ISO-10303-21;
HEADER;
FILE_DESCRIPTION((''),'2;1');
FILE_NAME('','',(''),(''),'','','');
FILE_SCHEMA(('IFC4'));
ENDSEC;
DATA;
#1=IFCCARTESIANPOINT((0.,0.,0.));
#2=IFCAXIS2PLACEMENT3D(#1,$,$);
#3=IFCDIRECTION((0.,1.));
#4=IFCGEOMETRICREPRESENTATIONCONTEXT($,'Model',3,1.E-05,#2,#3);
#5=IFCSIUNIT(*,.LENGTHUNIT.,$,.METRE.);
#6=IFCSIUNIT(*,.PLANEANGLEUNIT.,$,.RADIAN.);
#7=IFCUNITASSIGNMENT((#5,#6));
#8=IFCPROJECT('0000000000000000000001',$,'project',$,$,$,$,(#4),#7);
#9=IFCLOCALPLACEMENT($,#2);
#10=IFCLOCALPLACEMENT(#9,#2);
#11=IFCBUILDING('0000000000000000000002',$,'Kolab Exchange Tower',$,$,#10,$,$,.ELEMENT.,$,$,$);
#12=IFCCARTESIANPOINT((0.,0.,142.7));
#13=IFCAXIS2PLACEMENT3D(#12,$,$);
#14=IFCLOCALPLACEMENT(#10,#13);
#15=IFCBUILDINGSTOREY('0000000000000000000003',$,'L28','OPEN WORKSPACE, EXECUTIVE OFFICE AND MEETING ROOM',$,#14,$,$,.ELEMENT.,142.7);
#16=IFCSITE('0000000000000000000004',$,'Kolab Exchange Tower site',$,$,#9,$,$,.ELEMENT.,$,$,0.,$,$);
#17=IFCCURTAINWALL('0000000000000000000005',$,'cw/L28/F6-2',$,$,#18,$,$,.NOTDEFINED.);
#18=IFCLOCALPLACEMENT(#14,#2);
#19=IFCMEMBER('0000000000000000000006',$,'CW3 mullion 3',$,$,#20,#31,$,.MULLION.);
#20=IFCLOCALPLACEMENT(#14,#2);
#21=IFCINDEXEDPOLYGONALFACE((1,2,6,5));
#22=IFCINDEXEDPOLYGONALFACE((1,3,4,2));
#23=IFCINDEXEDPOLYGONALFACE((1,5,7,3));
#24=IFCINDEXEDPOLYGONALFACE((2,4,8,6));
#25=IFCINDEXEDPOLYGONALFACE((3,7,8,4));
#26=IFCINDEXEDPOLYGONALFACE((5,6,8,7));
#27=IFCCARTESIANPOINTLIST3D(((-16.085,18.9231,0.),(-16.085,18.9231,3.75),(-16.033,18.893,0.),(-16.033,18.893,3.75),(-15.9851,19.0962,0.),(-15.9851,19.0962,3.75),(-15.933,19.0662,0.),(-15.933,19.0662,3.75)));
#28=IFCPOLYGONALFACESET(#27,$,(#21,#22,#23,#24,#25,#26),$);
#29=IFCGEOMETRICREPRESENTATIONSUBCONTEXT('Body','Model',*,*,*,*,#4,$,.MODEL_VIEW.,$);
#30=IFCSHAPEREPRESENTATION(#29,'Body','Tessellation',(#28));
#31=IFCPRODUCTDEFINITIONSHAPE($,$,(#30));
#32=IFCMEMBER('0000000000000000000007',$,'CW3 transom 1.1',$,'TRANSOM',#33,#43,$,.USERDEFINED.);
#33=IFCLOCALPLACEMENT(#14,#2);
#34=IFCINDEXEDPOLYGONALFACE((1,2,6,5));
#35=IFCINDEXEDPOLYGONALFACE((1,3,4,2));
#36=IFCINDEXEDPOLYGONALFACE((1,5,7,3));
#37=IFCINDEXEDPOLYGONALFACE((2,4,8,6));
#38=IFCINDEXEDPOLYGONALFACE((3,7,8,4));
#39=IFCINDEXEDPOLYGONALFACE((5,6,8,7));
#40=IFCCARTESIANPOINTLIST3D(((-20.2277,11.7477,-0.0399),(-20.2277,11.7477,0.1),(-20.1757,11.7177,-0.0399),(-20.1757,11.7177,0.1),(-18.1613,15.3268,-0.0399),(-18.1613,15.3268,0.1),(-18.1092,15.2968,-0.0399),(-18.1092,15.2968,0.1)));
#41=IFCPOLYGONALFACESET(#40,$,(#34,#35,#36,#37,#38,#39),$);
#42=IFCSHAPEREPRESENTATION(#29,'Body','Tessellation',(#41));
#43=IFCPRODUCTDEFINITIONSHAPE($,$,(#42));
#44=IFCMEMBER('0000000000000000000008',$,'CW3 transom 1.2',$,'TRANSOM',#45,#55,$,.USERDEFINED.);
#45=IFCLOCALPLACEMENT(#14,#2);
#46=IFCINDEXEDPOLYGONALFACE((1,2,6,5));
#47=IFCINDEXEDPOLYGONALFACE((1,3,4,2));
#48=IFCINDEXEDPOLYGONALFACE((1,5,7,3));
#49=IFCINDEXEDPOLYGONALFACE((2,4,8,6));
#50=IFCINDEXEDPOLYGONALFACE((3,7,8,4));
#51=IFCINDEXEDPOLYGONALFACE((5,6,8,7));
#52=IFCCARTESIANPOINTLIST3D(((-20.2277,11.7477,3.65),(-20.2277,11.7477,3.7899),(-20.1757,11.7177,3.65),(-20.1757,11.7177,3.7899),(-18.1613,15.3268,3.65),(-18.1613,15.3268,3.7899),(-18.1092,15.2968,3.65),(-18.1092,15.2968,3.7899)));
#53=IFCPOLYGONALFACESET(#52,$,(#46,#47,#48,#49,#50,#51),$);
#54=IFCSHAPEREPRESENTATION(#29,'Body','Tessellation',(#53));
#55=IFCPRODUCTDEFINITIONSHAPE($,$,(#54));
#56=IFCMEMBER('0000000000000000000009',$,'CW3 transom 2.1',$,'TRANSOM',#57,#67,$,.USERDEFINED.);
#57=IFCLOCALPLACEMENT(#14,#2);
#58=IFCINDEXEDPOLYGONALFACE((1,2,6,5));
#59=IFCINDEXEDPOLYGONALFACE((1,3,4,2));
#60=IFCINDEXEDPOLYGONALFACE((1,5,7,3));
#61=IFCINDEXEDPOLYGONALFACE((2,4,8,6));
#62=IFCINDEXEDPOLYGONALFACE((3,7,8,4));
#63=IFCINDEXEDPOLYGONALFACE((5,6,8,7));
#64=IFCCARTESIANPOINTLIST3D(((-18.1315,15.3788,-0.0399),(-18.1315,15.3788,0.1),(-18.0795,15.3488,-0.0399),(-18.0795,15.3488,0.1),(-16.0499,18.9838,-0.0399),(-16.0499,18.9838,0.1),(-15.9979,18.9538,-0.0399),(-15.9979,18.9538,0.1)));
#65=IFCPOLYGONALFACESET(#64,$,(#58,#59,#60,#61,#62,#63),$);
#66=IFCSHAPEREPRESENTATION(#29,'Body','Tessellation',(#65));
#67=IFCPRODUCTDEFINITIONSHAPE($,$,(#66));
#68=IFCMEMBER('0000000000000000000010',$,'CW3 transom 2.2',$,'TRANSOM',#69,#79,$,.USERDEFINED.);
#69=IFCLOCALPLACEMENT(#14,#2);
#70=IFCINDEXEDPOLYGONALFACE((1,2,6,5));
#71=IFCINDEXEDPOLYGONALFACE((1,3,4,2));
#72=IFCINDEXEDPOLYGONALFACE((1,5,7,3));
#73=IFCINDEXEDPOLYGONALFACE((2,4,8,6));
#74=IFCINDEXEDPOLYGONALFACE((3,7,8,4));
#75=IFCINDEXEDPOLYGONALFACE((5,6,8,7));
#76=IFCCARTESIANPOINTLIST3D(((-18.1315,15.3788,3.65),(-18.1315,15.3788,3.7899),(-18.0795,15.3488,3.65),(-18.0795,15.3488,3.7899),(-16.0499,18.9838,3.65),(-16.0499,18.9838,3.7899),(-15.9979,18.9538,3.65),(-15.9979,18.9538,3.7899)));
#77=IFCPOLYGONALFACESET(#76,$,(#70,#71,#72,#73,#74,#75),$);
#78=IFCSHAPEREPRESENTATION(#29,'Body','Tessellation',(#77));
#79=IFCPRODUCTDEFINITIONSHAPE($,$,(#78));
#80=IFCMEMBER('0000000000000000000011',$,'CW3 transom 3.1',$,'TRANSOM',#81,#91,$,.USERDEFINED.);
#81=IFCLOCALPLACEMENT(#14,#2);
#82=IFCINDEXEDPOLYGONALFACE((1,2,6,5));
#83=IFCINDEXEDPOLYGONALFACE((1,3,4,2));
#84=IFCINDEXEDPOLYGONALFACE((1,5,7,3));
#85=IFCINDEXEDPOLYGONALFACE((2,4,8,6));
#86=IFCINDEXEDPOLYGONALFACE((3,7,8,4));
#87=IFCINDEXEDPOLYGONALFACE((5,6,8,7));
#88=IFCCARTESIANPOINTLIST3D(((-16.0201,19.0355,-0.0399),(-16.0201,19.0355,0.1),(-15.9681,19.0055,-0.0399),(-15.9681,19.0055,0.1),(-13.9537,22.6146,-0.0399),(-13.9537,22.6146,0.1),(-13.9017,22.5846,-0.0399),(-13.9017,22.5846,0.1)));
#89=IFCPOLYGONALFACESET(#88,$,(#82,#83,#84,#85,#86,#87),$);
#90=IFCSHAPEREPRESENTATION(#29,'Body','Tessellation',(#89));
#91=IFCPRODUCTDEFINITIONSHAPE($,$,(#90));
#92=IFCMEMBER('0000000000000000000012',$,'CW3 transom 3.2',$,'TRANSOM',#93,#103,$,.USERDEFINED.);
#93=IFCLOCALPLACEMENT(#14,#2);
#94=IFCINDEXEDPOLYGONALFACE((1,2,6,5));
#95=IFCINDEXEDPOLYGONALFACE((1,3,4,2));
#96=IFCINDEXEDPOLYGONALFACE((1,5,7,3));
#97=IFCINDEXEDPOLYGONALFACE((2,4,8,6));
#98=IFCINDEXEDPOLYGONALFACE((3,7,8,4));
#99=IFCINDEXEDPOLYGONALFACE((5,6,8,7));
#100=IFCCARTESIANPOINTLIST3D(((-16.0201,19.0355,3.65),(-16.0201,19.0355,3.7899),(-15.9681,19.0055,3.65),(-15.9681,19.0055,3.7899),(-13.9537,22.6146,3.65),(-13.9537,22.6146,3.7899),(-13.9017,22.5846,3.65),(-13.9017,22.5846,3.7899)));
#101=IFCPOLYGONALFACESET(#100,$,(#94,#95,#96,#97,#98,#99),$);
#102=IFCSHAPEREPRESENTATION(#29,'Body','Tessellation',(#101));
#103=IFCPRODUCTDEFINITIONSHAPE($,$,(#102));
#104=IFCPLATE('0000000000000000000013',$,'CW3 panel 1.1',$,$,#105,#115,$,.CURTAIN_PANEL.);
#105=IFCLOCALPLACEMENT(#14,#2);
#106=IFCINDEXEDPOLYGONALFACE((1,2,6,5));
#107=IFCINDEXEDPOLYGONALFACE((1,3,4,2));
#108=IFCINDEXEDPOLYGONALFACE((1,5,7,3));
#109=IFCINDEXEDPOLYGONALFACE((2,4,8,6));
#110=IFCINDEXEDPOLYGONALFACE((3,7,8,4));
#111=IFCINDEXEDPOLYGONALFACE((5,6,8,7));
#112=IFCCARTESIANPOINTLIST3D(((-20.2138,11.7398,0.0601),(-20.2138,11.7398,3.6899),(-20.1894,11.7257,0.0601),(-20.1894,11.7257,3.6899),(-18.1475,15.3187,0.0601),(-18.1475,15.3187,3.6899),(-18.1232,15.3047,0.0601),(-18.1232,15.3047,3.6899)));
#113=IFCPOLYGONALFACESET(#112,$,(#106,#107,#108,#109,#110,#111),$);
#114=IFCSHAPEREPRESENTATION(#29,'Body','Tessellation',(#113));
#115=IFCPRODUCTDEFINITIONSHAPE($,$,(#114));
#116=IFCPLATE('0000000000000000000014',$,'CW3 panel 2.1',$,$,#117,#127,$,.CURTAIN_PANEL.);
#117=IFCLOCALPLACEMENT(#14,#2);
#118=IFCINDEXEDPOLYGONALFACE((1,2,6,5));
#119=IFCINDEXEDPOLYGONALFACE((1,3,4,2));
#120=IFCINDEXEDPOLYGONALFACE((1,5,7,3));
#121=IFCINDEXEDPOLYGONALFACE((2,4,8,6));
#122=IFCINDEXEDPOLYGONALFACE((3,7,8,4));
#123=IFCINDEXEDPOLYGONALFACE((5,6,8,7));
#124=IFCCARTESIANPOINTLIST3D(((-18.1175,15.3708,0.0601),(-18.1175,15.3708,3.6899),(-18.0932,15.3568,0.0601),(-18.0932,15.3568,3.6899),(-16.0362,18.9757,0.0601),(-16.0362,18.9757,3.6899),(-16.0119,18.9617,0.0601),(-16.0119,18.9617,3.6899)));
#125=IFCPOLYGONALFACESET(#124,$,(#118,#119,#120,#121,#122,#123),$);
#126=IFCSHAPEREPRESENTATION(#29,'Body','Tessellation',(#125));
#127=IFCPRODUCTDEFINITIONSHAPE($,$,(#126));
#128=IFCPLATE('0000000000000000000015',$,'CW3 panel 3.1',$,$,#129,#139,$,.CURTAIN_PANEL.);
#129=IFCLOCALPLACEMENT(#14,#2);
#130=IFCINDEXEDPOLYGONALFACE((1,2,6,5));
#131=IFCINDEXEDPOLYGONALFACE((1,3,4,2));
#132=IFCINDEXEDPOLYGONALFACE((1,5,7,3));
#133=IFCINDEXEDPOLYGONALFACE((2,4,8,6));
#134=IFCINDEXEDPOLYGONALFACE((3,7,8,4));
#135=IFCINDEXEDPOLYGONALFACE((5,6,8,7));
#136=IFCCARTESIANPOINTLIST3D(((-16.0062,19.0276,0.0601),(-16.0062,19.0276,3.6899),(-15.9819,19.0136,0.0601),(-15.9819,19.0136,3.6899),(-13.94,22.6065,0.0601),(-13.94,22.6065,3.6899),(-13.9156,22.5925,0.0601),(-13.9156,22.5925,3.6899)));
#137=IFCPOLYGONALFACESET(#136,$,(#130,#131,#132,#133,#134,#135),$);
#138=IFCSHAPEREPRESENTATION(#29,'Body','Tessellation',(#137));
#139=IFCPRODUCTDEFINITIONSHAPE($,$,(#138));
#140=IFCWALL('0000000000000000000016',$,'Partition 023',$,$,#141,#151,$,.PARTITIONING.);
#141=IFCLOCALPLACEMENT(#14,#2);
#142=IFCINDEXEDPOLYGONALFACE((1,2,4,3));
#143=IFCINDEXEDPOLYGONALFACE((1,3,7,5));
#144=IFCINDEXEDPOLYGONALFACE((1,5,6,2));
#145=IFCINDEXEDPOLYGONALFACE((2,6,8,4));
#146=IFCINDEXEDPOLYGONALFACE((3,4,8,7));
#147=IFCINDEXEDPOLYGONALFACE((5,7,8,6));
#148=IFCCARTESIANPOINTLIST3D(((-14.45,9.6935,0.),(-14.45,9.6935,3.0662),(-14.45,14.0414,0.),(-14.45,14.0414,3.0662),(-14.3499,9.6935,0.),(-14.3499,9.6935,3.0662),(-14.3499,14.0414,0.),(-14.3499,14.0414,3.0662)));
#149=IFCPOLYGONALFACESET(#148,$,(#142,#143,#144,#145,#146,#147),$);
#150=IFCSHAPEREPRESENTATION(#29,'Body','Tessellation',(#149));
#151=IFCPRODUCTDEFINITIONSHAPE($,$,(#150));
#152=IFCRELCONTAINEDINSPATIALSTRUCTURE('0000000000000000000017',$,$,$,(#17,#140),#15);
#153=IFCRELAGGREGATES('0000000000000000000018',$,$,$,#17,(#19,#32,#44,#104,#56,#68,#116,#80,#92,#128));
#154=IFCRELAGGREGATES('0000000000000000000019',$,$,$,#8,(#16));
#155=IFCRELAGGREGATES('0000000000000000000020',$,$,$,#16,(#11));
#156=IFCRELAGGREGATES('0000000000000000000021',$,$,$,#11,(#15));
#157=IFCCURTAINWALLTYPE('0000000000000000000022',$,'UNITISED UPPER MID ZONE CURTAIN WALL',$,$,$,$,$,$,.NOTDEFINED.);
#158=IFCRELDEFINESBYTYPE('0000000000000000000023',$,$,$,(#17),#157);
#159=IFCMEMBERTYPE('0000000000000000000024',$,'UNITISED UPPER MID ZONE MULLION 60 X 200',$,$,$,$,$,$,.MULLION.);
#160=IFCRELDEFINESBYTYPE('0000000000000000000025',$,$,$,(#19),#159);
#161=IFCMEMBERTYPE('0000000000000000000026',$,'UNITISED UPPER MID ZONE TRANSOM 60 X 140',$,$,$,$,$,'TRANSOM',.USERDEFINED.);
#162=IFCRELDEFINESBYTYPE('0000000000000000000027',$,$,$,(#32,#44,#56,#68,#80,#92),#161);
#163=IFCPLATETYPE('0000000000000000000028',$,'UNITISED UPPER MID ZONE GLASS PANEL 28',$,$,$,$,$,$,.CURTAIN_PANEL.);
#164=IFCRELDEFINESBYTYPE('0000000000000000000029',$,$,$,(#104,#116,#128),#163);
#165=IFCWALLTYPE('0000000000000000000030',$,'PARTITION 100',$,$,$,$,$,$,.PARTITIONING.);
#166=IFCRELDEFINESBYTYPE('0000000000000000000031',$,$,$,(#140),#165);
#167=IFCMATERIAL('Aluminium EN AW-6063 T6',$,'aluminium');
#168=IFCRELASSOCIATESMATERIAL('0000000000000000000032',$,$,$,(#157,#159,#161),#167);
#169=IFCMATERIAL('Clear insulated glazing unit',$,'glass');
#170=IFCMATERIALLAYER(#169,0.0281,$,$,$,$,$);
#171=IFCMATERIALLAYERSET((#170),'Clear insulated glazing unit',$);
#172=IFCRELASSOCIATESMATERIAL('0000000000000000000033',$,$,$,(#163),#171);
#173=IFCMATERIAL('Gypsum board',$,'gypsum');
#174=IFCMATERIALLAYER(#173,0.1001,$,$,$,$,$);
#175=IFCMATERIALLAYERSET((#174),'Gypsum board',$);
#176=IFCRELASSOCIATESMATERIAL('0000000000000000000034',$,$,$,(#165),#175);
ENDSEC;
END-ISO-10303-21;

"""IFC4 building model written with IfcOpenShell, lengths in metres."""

from ifc_helpers import new_model, si_unit, direction, frame, frame_2d, origin, origin_2d, place, context, subcontext, project, spatial, rectangle, extrude, material, layer, layer_set, material_profile, profile_set, type_object, element, aggregate, save


model = new_model("IFC4")

# Units and contexts
model_context = context("Model", 3, precision=1e-05, world=origin(), true_north=direction((0.0, 1.0)))
body_context = subcontext(model_context, "Body", "Model", "MODEL_VIEW")
ifc_project = project(units=[si_unit("LENGTHUNIT", "METRE"), si_unit("PLANEANGLEUNIT", "RADIAN")], contexts=[model_context])

# Site, building, storey
site_placement = place(None, origin())
site = spatial("IfcSite", under=ifc_project, at=site_placement, Name="Kolab Exchange Tower site", CompositionType="ELEMENT", RefElevation=0.0)
building_placement = place(site_placement, origin())
building = spatial("IfcBuilding", under=site, at=building_placement, Name="Kolab Exchange Tower", CompositionType="ELEMENT")
storey_placement = place(building_placement, frame((0.0, 0.0, 142.7)))
storey = spatial("IfcBuildingStorey", under=building, at=storey_placement, Name="L28", Description="OPEN WORKSPACE, EXECUTIVE OFFICE AND MEETING ROOM", CompositionType="ELEMENT", Elevation=142.7)

# Curtain wall, members, plates
ifc_material_1 = material(Name="Aluminium EN AW-6063 T6", Category="aluminium")
curtain_wall_type = type_object("IfcCurtainWallType", Name="UNITISED UPPER MID ZONE CURTAIN WALL", PredefinedType="NOTDEFINED", material=ifc_material_1)
curtain_wall_placement = place(storey_placement, origin())
curtain_wall = element("IfcCurtainWall", 1, at=curtain_wall_placement, inside=storey, type_object=curtain_wall_type, Name="cw/L28/F6-2", PredefinedType="NOTDEFINED")
ifc_material_profile_1 = material_profile(ifc_material_1, rectangle(XDim=0.0601, YDim=0.2, at=origin_2d()), Name="RECT 60X200")
ifc_profile_set_1 = profile_set([ifc_material_profile_1], Name="Aluminium EN AW-6063 T6")
member_type_1 = type_object("IfcMemberType", Name="UNITISED UPPER MID ZONE MULLION 60 X 200", PredefinedType="MULLION", material=ifc_profile_set_1)
member_1_placement = place(storey_placement, frame((-16.009, 18.9946, 0.0), z_axis=(0.0, 0.0, 1.0), x_axis=(-0.866025, 0.5, 0.0)))
member_1 = element("IfcMember", 2, at=member_1_placement, type_object=member_type_1, Name="CW3 mullion 3", PredefinedType="MULLION", context=body_context, shape_type="SweptSolid", body=[
    extrude(rectangle(XDim=0.0601, YDim=0.2, at=origin_2d()), origin(), (0.0, 0.0, 1.0), 3.75),
])
ifc_material_profile_2 = material_profile(ifc_material_1, rectangle(XDim=0.0601, YDim=0.1399, at=origin_2d()), Name="RECT 60X140")
ifc_profile_set_2 = profile_set([ifc_material_profile_2], Name="Aluminium EN AW-6063 T6")
member_type_2 = type_object("IfcMemberType", Name="UNITISED UPPER MID ZONE TRANSOM 60 X 140", ElementType="TRANSOM", PredefinedType="USERDEFINED", material=ifc_profile_set_2)
member_2_placement = place(storey_placement, frame((-20.2017, 11.7327, 0.03), z_axis=(0.500002, 0.866024, 0.0), x_axis=(-0.866024, 0.500002, 0.0)))
member_2 = element("IfcMember", 3, at=member_2_placement, type_object=member_type_2, Name="CW3 transom 1.1", ObjectType="TRANSOM", PredefinedType="USERDEFINED", context=body_context, shape_type="SweptSolid", body=[
    extrude(rectangle(XDim=0.0601, YDim=0.1399, at=origin_2d()), origin(), (0.0, 0.0, 1.0), 4.1328),
])
member_3_placement = place(storey_placement, frame((-20.2017, 11.7327, 3.72), z_axis=(0.500002, 0.866024, 0.0), x_axis=(-0.866024, 0.500002, 0.0)))
member_3 = element("IfcMember", 4, at=member_3_placement, type_object=member_type_2, Name="CW3 transom 1.2", ObjectType="TRANSOM", PredefinedType="USERDEFINED", context=body_context, shape_type="SweptSolid", body=[
    extrude(rectangle(XDim=0.0601, YDim=0.1399, at=origin_2d()), origin(), (0.0, 0.0, 1.0), 4.1328),
])
member_4_placement = place(storey_placement, frame((-18.1055, 15.3638, 0.03), z_axis=(0.500037, 0.866004, 0.0), x_axis=(-0.866004, 0.500037, 0.0)))
member_4 = element("IfcMember", 5, at=member_4_placement, type_object=member_type_2, Name="CW3 transom 2.1", ObjectType="TRANSOM", PredefinedType="USERDEFINED", context=body_context, shape_type="SweptSolid", body=[
    extrude(rectangle(XDim=0.0601, YDim=0.1399, at=origin_2d()), origin(), (0.0, 0.0, 1.0), 4.1628),
])
member_5_placement = place(storey_placement, frame((-18.1055, 15.3638, 3.72), z_axis=(0.500037, 0.866004, 0.0), x_axis=(-0.866004, 0.500037, 0.0)))
member_5 = element("IfcMember", 6, at=member_5_placement, type_object=member_type_2, Name="CW3 transom 2.2", ObjectType="TRANSOM", PredefinedType="USERDEFINED", context=body_context, shape_type="SweptSolid", body=[
    extrude(rectangle(XDim=0.0601, YDim=0.1399, at=origin_2d()), origin(), (0.0, 0.0, 1.0), 4.1628),
])
member_6_placement = place(storey_placement, frame((-15.9941, 19.0205, 0.03), z_axis=(0.500002, 0.866024, 0.0), x_axis=(-0.866024, 0.500002, 0.0)))
member_6 = element("IfcMember", 7, at=member_6_placement, type_object=member_type_2, Name="CW3 transom 3.1", ObjectType="TRANSOM", PredefinedType="USERDEFINED", context=body_context, shape_type="SweptSolid", body=[
    extrude(rectangle(XDim=0.0601, YDim=0.1399, at=origin_2d()), origin(), (0.0, 0.0, 1.0), 4.1328),
])
member_7_placement = place(storey_placement, frame((-15.9941, 19.0205, 3.72), z_axis=(0.500002, 0.866024, 0.0), x_axis=(-0.866024, 0.500002, 0.0)))
member_7 = element("IfcMember", 8, at=member_7_placement, type_object=member_type_2, Name="CW3 transom 3.2", ObjectType="TRANSOM", PredefinedType="USERDEFINED", context=body_context, shape_type="SweptSolid", body=[
    extrude(rectangle(XDim=0.0601, YDim=0.1399, at=origin_2d()), origin(), (0.0, 0.0, 1.0), 4.1328),
])
ifc_material_2 = material(Name="Clear insulated glazing unit", Category="glass")
ifc_layer_1 = layer(ifc_material_2, 0.0281)
ifc_layer_set_1 = layer_set([ifc_layer_1], Name="Clear insulated glazing unit")
plate_type = type_object("IfcPlateType", Name="UNITISED UPPER MID ZONE GLASS PANEL 28", PredefinedType="CURTAIN_PANEL", material=ifc_layer_set_1)
plate_1_placement = place(storey_placement, frame((-19.1685, 13.5222, 0.0601), z_axis=(0.0, 0.0, 1.0), x_axis=(0.5, 0.866025, 0.0)))
plate_1 = element("IfcPlate", 9, at=plate_1_placement, type_object=plate_type, Name="CW3 panel 1.1", PredefinedType="CURTAIN_PANEL", context=body_context, shape_type="SweptSolid", body=[
    extrude(rectangle(XDim=4.1326, YDim=0.0281, at=origin_2d()), origin(), (0.0, 0.0, 1.0), 3.6299),
])
plate_2_placement = place(storey_placement, frame((-17.0647, 17.1663, 0.0601), z_axis=(0.0, 0.0, 1.0), x_axis=(0.5, 0.866025, 0.0)))
plate_2 = element("IfcPlate", 10, at=plate_2_placement, type_object=plate_type, Name="CW3 panel 2.1", PredefinedType="CURTAIN_PANEL", context=body_context, shape_type="SweptSolid", body=[
    extrude(rectangle(XDim=4.1626, YDim=0.0281, at=origin_2d()), origin(), (0.0, 0.0, 1.0), 3.6299),
])
plate_3_placement = place(storey_placement, frame((-14.9609, 20.8101, 0.0601), z_axis=(0.0, 0.0, 1.0), x_axis=(0.5, 0.866025, 0.0)))
plate_3 = element("IfcPlate", 11, at=plate_3_placement, type_object=plate_type, Name="CW3 panel 3.1", PredefinedType="CURTAIN_PANEL", context=body_context, shape_type="SweptSolid", body=[
    extrude(rectangle(XDim=4.1326, YDim=0.0281, at=origin_2d()), origin(), (0.0, 0.0, 1.0), 3.6299),
])
aggregate(curtain_wall, [member_1, member_2, member_3, plate_1, member_4, member_5, plate_2, member_6, member_7, plate_3])

# Wall
ifc_material_3 = material(Name="Gypsum board", Category="gypsum")
ifc_layer_2 = layer(ifc_material_3, 0.1001)
ifc_layer_set_2 = layer_set([ifc_layer_2], Name="Gypsum board")
wall_type_1 = type_object("IfcWallType", Name="PARTITION 100", PredefinedType="PARTITIONING", material=ifc_layer_set_2)
wall_1_placement = place(storey_placement, frame((-14.3999, 9.6936, 0.0), z_axis=(0.0, 0.0, 1.0), x_axis=(0.0, 1.0, 0.0)))
element("IfcWall", 12, at=wall_1_placement, inside=storey, type_object=wall_type_1, Name="Partition 023", PredefinedType="PARTITIONING", context=body_context, shape_type="SweptSolid", body=[
    extrude(rectangle(XDim=4.3479, YDim=0.1001, at=frame_2d((2.1738, 0.0))), origin(), (0.0, 0.0, 1.0), 3.0662),
])

save(model, "model.ifc")
